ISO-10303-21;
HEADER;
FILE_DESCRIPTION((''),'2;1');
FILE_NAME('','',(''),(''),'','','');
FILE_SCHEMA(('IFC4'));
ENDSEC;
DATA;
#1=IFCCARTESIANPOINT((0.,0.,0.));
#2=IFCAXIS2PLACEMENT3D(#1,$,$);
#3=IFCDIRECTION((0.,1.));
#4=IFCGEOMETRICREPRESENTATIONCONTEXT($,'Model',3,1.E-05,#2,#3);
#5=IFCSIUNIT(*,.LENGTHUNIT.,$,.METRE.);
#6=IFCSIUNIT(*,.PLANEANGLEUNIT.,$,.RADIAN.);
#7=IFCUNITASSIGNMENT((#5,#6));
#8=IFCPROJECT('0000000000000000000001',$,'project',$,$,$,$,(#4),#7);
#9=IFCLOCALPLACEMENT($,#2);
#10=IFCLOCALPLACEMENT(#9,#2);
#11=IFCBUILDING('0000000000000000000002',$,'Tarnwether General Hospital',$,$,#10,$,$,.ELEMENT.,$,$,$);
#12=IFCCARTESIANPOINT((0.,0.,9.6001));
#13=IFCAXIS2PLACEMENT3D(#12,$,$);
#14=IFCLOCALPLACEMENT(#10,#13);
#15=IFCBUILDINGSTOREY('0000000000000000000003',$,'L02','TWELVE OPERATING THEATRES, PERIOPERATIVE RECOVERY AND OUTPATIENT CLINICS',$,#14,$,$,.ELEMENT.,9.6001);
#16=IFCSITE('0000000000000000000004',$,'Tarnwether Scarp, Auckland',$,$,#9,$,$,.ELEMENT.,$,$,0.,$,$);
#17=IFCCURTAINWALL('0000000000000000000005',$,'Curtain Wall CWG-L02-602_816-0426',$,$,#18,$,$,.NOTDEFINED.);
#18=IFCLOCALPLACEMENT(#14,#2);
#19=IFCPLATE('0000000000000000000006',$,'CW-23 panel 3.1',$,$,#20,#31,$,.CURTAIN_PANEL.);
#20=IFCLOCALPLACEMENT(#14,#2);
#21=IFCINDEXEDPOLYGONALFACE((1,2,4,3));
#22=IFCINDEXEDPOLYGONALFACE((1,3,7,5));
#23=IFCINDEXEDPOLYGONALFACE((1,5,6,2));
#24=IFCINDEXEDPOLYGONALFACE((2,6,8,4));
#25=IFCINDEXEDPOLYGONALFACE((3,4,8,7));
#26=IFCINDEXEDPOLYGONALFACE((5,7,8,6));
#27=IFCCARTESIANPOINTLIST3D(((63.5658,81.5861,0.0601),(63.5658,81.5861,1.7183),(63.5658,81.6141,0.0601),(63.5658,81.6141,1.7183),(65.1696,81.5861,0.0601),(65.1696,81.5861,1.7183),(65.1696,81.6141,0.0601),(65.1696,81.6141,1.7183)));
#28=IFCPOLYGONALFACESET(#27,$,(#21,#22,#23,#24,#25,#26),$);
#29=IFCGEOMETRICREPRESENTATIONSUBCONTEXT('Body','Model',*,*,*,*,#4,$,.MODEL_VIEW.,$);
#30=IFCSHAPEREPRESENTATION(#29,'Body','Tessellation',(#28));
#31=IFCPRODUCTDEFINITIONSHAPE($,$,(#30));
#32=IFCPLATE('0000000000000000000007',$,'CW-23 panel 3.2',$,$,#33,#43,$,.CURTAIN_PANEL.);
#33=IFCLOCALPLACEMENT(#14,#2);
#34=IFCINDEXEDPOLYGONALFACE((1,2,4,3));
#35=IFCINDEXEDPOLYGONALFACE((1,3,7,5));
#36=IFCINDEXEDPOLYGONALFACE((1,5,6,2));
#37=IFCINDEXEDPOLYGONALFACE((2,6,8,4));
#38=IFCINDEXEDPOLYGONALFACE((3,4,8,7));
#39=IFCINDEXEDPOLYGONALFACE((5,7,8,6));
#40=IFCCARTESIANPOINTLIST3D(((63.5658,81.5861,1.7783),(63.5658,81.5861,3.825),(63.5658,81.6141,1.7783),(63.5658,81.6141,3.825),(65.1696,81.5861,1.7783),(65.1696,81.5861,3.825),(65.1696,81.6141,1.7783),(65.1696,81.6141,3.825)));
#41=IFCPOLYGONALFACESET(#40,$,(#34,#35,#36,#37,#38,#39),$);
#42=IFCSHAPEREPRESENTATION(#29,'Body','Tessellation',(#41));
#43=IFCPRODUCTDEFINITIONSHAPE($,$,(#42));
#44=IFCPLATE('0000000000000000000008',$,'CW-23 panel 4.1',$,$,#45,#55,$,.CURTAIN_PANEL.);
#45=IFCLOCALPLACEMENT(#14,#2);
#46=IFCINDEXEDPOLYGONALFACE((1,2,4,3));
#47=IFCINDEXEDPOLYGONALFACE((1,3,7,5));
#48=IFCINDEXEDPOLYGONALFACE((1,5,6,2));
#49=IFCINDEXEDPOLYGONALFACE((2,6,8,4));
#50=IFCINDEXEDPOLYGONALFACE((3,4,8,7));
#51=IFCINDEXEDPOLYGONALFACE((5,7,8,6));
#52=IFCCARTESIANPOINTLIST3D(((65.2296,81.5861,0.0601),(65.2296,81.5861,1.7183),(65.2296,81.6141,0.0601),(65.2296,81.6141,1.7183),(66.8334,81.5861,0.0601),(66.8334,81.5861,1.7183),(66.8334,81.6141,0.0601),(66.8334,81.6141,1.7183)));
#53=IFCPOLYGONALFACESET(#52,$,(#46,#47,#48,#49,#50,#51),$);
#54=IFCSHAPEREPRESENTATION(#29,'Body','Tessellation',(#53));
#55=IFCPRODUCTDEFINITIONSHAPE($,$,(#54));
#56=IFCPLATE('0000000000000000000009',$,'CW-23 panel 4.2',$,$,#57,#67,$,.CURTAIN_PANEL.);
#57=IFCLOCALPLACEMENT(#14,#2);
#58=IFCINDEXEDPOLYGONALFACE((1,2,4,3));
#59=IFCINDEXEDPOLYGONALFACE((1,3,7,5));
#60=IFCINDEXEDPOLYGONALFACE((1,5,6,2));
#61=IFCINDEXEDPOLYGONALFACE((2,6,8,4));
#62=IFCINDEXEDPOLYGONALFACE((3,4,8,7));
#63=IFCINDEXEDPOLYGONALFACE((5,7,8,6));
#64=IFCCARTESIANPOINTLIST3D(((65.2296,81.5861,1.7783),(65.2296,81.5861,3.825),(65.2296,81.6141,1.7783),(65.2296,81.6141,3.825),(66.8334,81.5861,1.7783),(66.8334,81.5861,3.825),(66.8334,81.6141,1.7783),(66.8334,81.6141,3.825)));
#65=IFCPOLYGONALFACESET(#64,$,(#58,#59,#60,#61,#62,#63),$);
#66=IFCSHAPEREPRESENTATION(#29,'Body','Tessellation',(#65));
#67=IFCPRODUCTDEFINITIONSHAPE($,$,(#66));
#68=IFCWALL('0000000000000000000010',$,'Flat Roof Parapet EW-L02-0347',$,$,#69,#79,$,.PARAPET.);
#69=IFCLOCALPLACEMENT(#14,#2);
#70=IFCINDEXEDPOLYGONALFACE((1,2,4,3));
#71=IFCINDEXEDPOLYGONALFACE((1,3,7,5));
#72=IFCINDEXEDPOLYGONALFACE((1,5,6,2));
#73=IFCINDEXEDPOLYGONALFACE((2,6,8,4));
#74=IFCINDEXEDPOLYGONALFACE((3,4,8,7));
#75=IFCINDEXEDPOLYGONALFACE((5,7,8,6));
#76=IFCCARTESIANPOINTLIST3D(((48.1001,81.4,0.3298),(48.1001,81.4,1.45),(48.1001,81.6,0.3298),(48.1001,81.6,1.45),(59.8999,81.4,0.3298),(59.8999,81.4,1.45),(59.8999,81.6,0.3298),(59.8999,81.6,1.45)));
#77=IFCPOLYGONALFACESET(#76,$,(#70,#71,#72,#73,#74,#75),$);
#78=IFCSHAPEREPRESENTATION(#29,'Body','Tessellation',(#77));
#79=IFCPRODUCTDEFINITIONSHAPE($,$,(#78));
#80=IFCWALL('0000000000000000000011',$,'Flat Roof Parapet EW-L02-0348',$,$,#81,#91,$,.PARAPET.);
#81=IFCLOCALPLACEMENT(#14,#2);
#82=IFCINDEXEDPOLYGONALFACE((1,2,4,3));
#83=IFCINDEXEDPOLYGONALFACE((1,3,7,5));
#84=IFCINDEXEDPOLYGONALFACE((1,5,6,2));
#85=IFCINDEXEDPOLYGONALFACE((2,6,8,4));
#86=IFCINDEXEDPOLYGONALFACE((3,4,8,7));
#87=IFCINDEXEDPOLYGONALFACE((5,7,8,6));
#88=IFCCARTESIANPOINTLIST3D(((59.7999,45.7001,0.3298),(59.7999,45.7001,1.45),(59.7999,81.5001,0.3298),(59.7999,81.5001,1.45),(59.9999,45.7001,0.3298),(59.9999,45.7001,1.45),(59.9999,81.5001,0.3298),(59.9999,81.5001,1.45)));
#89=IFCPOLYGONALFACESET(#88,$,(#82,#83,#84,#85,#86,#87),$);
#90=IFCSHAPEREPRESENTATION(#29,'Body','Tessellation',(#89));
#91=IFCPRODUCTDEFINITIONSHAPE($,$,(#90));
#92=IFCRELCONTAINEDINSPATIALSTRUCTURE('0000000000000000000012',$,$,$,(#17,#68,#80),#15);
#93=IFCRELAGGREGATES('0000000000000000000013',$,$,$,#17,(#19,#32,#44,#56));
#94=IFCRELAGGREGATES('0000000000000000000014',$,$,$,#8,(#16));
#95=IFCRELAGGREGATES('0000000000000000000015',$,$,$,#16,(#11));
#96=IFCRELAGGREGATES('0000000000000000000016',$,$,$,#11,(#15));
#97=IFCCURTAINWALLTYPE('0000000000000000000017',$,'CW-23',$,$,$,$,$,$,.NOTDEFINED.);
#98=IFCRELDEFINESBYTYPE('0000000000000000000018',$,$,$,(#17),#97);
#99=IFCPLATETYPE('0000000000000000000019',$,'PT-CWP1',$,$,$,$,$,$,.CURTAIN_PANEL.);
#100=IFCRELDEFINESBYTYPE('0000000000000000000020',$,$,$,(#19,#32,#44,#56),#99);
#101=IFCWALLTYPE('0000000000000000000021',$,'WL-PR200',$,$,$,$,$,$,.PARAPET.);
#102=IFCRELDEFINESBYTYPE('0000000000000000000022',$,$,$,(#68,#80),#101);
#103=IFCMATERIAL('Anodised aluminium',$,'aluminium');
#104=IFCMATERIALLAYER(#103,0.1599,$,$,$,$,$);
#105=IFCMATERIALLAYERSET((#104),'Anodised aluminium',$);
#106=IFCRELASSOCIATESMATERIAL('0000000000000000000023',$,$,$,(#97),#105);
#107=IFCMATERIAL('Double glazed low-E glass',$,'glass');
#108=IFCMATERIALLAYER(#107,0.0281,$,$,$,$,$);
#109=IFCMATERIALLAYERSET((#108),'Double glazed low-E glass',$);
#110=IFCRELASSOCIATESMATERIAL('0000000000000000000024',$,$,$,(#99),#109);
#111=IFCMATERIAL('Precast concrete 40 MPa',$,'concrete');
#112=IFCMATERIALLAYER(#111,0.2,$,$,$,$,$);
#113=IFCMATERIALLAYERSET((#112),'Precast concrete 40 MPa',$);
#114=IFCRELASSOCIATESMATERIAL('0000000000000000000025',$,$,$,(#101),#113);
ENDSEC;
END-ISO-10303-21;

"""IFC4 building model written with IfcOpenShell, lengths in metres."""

from ifc_helpers import new_model, si_unit, direction, frame, frame_2d, origin, origin_2d, place, context, subcontext, project, spatial, rectangle, extrude, material, layer, layer_set, type_object, element, aggregate, save


model = new_model("IFC4")

# Units and contexts
model_context = context("Model", 3, precision=1e-05, world=origin(), true_north=direction((0.0, 1.0)))
body_context = subcontext(model_context, "Body", "Model", "MODEL_VIEW")
ifc_project = project(units=[si_unit("LENGTHUNIT", "METRE"), si_unit("PLANEANGLEUNIT", "RADIAN")], contexts=[model_context])

# Site, building, storey
site_placement = place(None, origin())
site = spatial("IfcSite", under=ifc_project, at=site_placement, Name="Tarnwether Scarp, Auckland", CompositionType="ELEMENT", RefElevation=0.0)
building_placement = place(site_placement, origin())
building = spatial("IfcBuilding", under=site, at=building_placement, Name="Tarnwether General Hospital", CompositionType="ELEMENT")
storey_placement = place(building_placement, frame((0.0, 0.0, 9.6001)))
storey = spatial("IfcBuildingStorey", under=building, at=storey_placement, Name="L02", Description="TWELVE OPERATING THEATRES, PERIOPERATIVE RECOVERY AND OUTPATIENT CLINICS", CompositionType="ELEMENT", Elevation=9.6001)

# Curtain wall, plates
ifc_material_1 = material(Name="Anodised aluminium", Category="aluminium")
ifc_layer_1 = layer(ifc_material_1, 0.1599)
ifc_layer_set_1 = layer_set([ifc_layer_1], Name="Anodised aluminium")
curtain_wall_type = type_object("IfcCurtainWallType", Name="CW-23", PredefinedType="NOTDEFINED", material=ifc_layer_set_1)
curtain_wall_placement = place(storey_placement, origin())
curtain_wall = element("IfcCurtainWall", 1, at=curtain_wall_placement, inside=storey, type_object=curtain_wall_type, Name="Curtain Wall CWG-L02-602_816-0426", PredefinedType="NOTDEFINED")
ifc_material_2 = material(Name="Double glazed low-E glass", Category="glass")
ifc_layer_2 = layer(ifc_material_2, 0.0281)
ifc_layer_set_2 = layer_set([ifc_layer_2], Name="Double glazed low-E glass")
plate_type = type_object("IfcPlateType", Name="PT-CWP1", PredefinedType="CURTAIN_PANEL", material=ifc_layer_set_2)
plate_1_placement = place(storey_placement, frame((64.3677, 81.6001, 0.0601), z_axis=(0.0, 0.0, 1.0), x_axis=(1.0, 0.0, 0.0)))
plate_1 = element("IfcPlate", 2, at=plate_1_placement, type_object=plate_type, Name="CW-23 panel 3.1", PredefinedType="CURTAIN_PANEL", context=body_context, shape_type="SweptSolid", body=[
    extrude(rectangle(XDim=1.6038, YDim=0.0281, at=origin_2d()), origin(), (0.0, 0.0, 1.0), 1.6582),
])
plate_2_placement = place(storey_placement, frame((64.3677, 81.6001, 1.7783), z_axis=(0.0, 0.0, 1.0), x_axis=(1.0, 0.0, 0.0)))
plate_2 = element("IfcPlate", 3, at=plate_2_placement, type_object=plate_type, Name="CW-23 panel 3.2", PredefinedType="CURTAIN_PANEL", context=body_context, shape_type="SweptSolid", body=[
    extrude(rectangle(XDim=1.6038, YDim=0.0281, at=origin_2d()), origin(), (0.0, 0.0, 1.0), 2.0466),
])
plate_3_placement = place(storey_placement, frame((66.0315, 81.6001, 0.0601), z_axis=(0.0, 0.0, 1.0), x_axis=(1.0, 0.0, 0.0)))
plate_3 = element("IfcPlate", 4, at=plate_3_placement, type_object=plate_type, Name="CW-23 panel 4.1", PredefinedType="CURTAIN_PANEL", context=body_context, shape_type="SweptSolid", body=[
    extrude(rectangle(XDim=1.6038, YDim=0.0281, at=origin_2d()), origin(), (0.0, 0.0, 1.0), 1.6582),
])
plate_4_placement = place(storey_placement, frame((66.0315, 81.6001, 1.7783), z_axis=(0.0, 0.0, 1.0), x_axis=(1.0, 0.0, 0.0)))
plate_4 = element("IfcPlate", 5, at=plate_4_placement, type_object=plate_type, Name="CW-23 panel 4.2", PredefinedType="CURTAIN_PANEL", context=body_context, shape_type="SweptSolid", body=[
    extrude(rectangle(XDim=1.6038, YDim=0.0281, at=origin_2d()), origin(), (0.0, 0.0, 1.0), 2.0466),
])
aggregate(curtain_wall, [plate_1, plate_2, plate_3, plate_4])

# Walls
ifc_material_3 = material(Name="Precast concrete 40 MPa", Category="concrete")
ifc_layer_3 = layer(ifc_material_3, 0.2)
ifc_layer_set_3 = layer_set([ifc_layer_3], Name="Precast concrete 40 MPa")
wall_type = type_object("IfcWallType", Name="WL-PR200", PredefinedType="PARAPET", material=ifc_layer_set_3)
wall_1_placement = place(storey_placement, frame((48.1001, 81.5, 0.3298), z_axis=(0.0, 0.0, 1.0), x_axis=(1.0, 0.0, 0.0)))
element("IfcWall", 6, at=wall_1_placement, inside=storey, type_object=wall_type, Name="Flat Roof Parapet EW-L02-0347", PredefinedType="PARAPET", context=body_context, shape_type="SweptSolid", body=[
    extrude(rectangle(XDim=11.7998, YDim=0.2, at=frame_2d((5.8999, 0.0))), origin(), (0.0, 0.0, 1.0), 1.1201),
])
wall_2_placement = place(storey_placement, frame((59.8999, 81.5, 0.3298), z_axis=(0.0, 0.0, 1.0), x_axis=(0.0, -1.0, 0.0)))
element("IfcWall", 7, at=wall_2_placement, inside=storey, type_object=wall_type, Name="Flat Roof Parapet EW-L02-0348", PredefinedType="PARAPET", context=body_context, shape_type="SweptSolid", body=[
    extrude(rectangle(XDim=35.8, YDim=0.2, at=frame_2d((17.8999, 0.0))), origin(), (0.0, 0.0, 1.0), 1.1201),
])

save(model, "model.ifc")
